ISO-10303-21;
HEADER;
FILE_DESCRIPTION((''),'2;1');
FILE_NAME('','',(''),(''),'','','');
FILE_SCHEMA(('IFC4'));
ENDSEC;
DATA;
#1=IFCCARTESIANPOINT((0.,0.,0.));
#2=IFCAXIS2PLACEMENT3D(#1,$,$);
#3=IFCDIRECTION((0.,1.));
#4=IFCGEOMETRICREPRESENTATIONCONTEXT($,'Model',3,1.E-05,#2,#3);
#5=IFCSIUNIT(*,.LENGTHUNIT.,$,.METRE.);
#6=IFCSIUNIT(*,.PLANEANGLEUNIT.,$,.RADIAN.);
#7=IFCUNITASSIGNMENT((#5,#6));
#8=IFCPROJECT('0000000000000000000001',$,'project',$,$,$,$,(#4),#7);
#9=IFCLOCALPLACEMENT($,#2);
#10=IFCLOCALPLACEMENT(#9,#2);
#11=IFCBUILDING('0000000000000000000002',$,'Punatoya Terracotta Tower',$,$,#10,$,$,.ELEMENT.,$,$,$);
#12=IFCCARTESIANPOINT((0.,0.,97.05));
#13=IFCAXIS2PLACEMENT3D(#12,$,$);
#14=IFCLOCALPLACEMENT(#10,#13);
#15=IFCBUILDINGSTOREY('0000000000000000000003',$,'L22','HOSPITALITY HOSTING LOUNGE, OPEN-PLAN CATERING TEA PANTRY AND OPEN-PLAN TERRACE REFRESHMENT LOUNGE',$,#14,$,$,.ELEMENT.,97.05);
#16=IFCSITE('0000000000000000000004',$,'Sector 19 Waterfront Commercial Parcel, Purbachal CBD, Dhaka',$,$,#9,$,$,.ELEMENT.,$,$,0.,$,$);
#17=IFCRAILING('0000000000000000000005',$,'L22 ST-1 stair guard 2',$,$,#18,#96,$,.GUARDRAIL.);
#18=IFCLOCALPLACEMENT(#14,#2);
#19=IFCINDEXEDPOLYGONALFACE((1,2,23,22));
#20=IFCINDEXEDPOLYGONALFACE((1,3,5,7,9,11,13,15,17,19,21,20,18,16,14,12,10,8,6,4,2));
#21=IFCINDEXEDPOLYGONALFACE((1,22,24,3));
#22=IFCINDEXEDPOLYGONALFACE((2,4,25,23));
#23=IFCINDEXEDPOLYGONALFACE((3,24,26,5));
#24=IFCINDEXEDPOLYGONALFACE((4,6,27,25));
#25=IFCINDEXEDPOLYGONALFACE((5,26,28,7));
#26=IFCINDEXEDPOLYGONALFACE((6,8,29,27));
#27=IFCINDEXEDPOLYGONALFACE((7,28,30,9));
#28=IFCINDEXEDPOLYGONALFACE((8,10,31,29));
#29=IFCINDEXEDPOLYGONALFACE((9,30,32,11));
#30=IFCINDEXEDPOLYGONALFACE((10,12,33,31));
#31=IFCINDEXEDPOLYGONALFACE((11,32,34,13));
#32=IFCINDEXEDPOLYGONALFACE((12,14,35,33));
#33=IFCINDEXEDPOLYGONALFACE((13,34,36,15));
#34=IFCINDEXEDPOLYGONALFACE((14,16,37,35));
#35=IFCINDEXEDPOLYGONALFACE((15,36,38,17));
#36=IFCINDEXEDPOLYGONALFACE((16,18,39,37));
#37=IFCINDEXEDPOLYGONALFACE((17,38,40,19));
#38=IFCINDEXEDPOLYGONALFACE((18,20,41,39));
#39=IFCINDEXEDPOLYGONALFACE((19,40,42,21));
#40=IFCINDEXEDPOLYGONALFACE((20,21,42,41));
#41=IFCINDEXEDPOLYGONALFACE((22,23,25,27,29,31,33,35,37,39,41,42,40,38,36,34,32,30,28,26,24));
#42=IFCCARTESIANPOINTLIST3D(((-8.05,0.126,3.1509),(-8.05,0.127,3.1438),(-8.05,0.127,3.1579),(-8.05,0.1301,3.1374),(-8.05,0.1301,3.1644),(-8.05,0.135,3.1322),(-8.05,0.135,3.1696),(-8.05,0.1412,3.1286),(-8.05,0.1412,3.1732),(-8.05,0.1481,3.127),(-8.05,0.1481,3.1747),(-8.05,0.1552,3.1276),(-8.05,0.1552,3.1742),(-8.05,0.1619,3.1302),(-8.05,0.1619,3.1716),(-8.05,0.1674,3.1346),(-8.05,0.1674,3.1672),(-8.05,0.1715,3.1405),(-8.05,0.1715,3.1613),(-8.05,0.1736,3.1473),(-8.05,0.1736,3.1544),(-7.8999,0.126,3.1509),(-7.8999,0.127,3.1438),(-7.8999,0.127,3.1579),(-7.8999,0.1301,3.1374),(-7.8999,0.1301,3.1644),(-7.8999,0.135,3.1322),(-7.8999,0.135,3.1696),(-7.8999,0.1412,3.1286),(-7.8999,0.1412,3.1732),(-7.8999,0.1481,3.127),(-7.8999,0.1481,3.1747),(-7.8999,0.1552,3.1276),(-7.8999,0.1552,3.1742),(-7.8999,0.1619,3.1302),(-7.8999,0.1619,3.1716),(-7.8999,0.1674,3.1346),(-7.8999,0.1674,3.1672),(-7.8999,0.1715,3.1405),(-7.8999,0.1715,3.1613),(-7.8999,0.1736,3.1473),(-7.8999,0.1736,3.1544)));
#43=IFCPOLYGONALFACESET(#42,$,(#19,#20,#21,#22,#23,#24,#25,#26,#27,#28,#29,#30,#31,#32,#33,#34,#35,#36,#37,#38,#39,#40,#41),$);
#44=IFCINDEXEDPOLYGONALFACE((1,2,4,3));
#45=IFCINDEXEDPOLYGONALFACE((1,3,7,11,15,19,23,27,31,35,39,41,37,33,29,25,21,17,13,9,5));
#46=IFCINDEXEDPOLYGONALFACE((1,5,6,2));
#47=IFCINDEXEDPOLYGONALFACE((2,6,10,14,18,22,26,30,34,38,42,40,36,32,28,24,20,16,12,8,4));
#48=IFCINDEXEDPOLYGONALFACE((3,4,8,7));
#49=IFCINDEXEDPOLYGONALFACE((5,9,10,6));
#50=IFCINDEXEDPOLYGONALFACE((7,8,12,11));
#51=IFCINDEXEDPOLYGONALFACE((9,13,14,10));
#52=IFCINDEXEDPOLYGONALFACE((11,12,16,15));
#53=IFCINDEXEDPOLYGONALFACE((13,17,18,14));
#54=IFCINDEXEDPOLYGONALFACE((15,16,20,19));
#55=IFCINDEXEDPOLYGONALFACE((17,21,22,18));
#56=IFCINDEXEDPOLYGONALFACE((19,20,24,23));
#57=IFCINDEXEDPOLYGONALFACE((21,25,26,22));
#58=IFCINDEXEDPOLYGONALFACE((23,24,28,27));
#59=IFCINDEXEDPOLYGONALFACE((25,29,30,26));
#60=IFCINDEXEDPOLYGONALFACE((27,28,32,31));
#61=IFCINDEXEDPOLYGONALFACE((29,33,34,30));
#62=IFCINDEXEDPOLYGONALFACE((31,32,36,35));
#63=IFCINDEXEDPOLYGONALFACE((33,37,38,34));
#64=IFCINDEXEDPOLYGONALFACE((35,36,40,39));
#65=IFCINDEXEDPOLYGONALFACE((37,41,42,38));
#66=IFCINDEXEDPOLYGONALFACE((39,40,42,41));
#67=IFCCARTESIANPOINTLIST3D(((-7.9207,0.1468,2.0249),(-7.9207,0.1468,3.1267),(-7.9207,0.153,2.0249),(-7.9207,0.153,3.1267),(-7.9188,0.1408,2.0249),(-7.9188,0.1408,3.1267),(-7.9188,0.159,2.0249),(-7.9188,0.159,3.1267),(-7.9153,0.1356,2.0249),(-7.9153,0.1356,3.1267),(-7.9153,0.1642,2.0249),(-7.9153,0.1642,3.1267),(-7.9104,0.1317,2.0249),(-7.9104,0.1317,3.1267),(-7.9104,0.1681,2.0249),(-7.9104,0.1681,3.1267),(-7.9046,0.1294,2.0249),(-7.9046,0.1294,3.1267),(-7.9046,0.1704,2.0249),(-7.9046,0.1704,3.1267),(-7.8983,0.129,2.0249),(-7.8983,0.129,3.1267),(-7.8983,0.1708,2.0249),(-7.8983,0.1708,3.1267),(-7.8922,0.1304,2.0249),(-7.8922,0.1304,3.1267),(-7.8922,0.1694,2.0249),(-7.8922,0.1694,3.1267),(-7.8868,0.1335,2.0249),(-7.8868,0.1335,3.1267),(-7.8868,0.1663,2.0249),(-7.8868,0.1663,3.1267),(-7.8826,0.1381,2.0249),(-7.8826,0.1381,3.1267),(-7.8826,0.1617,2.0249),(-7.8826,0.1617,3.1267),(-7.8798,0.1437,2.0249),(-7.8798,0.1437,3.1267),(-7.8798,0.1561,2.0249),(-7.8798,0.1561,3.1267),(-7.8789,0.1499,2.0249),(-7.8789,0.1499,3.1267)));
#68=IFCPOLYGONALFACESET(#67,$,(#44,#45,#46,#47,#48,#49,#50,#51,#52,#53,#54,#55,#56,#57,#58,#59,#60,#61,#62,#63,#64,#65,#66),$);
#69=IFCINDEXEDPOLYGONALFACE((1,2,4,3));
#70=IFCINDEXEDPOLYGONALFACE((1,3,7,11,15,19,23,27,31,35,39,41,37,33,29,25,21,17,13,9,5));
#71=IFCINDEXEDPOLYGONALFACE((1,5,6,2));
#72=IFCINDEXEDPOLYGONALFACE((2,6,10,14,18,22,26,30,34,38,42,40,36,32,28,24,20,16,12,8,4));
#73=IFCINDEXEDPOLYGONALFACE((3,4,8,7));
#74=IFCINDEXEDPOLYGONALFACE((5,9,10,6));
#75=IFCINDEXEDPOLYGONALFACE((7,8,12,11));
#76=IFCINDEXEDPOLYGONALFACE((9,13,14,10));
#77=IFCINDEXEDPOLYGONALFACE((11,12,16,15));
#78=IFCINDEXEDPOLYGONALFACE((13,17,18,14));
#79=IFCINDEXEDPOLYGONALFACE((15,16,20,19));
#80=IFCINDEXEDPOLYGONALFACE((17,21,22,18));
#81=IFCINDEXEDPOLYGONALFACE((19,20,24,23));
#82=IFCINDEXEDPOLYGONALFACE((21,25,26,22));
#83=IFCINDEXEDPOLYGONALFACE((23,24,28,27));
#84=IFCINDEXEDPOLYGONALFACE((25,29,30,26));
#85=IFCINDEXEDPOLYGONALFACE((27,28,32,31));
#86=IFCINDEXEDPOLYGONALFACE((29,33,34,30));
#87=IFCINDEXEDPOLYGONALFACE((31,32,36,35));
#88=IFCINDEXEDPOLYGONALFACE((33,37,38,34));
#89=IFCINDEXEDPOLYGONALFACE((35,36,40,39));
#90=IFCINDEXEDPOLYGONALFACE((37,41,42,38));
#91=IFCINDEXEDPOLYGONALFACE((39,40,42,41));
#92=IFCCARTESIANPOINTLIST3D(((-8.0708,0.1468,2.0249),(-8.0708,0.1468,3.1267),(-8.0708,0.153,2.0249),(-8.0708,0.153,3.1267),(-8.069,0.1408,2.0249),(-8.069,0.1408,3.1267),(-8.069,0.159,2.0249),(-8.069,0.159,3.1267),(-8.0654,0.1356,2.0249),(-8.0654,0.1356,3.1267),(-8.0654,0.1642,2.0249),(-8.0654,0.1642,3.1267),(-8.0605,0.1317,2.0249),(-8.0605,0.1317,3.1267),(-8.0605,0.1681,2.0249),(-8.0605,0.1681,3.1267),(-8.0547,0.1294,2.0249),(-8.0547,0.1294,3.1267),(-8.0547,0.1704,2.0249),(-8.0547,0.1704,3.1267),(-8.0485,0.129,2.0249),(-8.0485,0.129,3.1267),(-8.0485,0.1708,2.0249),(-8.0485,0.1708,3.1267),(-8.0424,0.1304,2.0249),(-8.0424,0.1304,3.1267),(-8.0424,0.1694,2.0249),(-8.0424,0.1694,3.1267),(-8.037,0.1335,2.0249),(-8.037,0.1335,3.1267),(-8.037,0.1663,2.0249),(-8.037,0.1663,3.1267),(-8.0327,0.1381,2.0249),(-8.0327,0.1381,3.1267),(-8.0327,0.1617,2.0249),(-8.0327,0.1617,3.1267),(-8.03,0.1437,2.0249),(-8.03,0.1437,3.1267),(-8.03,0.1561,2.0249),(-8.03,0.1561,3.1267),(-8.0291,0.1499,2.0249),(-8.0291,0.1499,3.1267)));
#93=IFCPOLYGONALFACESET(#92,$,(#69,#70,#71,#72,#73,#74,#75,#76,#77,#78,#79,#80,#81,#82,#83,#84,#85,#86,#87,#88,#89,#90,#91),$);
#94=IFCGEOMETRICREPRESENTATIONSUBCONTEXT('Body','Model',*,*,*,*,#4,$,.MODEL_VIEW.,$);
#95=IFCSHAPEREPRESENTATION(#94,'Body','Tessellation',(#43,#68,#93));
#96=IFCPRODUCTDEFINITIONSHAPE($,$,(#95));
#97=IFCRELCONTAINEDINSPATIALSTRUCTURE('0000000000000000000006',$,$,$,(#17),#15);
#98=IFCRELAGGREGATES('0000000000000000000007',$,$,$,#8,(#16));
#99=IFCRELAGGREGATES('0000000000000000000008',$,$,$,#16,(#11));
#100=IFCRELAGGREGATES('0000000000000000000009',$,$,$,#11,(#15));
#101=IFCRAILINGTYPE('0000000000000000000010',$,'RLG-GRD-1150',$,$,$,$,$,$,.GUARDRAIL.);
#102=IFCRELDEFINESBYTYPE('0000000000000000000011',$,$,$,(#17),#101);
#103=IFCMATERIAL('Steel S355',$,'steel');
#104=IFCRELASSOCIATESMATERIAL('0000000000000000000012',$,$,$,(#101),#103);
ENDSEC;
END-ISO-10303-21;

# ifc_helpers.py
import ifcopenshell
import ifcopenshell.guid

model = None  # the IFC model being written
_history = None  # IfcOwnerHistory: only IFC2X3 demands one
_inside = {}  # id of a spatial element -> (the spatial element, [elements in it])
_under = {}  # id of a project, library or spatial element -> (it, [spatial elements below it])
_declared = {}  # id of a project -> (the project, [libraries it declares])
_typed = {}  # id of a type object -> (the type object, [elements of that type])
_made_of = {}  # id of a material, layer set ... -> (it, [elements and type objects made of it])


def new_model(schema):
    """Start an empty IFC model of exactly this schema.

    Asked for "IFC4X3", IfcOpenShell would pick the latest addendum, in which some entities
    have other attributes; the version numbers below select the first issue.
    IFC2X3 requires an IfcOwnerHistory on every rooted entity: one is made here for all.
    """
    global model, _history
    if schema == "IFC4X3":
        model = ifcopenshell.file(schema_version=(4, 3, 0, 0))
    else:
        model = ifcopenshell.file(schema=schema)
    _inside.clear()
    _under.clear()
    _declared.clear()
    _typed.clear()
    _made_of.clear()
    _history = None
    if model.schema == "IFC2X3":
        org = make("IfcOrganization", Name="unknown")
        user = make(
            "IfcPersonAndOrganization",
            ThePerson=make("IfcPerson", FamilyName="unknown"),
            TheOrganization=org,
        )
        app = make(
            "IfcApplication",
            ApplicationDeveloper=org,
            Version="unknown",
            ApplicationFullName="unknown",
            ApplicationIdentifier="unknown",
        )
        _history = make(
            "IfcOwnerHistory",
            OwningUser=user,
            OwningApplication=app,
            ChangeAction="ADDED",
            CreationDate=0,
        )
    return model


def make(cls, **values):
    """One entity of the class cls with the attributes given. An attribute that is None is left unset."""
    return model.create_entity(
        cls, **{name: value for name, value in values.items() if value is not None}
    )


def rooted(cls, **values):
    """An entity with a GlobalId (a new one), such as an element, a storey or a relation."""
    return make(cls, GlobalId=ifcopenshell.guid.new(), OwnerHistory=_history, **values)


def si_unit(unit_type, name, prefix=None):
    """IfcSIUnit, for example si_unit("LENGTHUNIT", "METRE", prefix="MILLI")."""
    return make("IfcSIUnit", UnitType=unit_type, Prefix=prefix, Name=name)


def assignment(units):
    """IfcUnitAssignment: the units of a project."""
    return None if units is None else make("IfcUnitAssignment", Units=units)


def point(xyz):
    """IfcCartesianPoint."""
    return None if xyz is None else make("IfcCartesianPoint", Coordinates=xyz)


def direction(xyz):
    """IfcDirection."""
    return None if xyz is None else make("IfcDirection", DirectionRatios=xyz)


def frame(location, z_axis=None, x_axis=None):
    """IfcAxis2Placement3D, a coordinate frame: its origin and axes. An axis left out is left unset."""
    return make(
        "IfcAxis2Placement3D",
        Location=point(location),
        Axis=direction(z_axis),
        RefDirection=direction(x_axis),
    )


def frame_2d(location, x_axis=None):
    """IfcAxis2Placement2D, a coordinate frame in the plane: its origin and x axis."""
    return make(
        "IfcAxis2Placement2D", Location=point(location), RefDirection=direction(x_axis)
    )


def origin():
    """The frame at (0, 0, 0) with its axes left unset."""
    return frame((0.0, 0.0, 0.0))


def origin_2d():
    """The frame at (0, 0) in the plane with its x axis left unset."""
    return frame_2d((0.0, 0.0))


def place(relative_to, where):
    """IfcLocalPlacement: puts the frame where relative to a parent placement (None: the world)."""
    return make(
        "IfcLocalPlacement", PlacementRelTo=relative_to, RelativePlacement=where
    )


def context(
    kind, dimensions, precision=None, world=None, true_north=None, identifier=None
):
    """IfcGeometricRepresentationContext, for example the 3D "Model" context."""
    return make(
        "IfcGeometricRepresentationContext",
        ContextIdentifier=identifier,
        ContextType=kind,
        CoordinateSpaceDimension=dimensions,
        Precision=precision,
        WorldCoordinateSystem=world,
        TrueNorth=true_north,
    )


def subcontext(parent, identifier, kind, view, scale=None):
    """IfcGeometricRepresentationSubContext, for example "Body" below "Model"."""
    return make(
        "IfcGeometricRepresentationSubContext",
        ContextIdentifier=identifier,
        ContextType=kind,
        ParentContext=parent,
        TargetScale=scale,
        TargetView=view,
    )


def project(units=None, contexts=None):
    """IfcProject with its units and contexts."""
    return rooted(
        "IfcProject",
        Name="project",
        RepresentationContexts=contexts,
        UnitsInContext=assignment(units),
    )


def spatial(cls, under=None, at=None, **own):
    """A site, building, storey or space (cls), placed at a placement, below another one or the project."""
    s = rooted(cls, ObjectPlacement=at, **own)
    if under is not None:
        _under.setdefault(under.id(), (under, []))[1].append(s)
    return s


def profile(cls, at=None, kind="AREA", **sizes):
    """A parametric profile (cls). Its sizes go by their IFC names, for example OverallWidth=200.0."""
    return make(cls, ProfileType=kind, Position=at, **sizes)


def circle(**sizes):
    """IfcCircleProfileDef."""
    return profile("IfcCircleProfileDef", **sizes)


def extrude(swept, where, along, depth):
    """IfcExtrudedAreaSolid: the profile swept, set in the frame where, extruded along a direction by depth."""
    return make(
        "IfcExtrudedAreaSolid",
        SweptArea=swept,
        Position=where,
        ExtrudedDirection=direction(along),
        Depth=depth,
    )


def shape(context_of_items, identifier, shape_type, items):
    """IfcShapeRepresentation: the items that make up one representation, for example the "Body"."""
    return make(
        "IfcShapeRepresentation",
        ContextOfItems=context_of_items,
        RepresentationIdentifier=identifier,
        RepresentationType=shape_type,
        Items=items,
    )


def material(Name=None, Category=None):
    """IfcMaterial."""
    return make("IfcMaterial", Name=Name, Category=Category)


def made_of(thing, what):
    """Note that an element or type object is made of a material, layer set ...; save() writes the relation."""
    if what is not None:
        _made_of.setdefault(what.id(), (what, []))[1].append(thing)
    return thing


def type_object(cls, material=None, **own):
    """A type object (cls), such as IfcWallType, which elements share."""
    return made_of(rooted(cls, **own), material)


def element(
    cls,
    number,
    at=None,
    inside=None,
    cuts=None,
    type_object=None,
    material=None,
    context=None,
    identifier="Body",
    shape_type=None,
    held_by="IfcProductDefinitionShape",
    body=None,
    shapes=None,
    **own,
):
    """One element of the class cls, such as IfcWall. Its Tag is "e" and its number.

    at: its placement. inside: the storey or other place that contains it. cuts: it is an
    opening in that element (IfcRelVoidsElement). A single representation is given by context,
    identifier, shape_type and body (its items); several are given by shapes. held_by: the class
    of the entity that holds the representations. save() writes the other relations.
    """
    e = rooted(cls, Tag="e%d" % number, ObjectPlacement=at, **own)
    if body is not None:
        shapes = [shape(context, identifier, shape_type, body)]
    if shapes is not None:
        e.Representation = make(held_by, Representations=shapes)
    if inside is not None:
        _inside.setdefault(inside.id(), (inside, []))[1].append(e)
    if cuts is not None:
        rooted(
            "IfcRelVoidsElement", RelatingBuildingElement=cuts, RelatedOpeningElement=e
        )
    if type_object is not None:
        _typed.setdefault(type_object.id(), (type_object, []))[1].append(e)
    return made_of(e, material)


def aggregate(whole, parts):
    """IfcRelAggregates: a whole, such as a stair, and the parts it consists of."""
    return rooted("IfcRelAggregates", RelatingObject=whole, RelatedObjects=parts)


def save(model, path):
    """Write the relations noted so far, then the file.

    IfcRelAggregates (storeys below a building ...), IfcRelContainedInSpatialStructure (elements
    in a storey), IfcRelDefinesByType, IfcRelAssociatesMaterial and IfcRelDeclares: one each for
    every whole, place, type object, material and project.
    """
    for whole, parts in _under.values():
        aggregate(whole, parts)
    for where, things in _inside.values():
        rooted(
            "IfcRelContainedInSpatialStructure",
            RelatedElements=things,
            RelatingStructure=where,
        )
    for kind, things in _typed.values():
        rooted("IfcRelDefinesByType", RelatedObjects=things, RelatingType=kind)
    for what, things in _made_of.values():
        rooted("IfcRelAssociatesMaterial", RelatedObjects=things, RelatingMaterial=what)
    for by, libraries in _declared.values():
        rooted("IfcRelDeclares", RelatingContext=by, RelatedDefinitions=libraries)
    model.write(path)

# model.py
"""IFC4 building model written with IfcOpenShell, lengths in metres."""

from ifc_helpers import new_model, si_unit, direction, frame, origin, origin_2d, place, context, subcontext, project, spatial, circle, extrude, material, type_object, element, save


model = new_model("IFC4")

# Units and contexts
model_context = context("Model", 3, precision=1e-05, world=origin(), true_north=direction((0.0, 1.0)))
body_context = subcontext(model_context, "Body", "Model", "MODEL_VIEW")
ifc_project = project(units=[si_unit("LENGTHUNIT", "METRE"), si_unit("PLANEANGLEUNIT", "RADIAN")], contexts=[model_context])

# Site, building, storey
site_placement = place(None, origin())
site = spatial("IfcSite", under=ifc_project, at=site_placement, Name="Sector 19 Waterfront Commercial Parcel, Purbachal CBD, Dhaka", CompositionType="ELEMENT", RefElevation=0.0)
building_placement = place(site_placement, origin())
building = spatial("IfcBuilding", under=site, at=building_placement, Name="Punatoya Terracotta Tower", CompositionType="ELEMENT")
storey_placement = place(building_placement, frame((0.0, 0.0, 97.05)))
storey = spatial("IfcBuildingStorey", under=building, at=storey_placement, Name="L22", Description="HOSPITALITY HOSTING LOUNGE, OPEN-PLAN CATERING TEA PANTRY AND OPEN-PLAN TERRACE REFRESHMENT LOUNGE", CompositionType="ELEMENT", Elevation=97.05)

# Shared definitions
ifc_material_1 = material(Name="Steel S355", Category="steel")

# Railing
railing_type_1 = type_object("IfcRailingType", Name="RLG-GRD-1150", PredefinedType="GUARDRAIL", material=ifc_material_1)
railing_1_placement = place(storey_placement, frame((-7.8999, 0.1499, 2.0249)))
element("IfcRailing", 1, at=railing_1_placement, inside=storey, type_object=railing_type_1, Name="L22 ST-1 stair guard 2", PredefinedType="GUARDRAIL", context=body_context, shape_type="SweptSolid", body=[
    extrude(circle(Radius=0.0239, at=origin_2d()), frame((0.0, 0.0, 1.126), z_axis=(-1.0, 0.0, 0.0), x_axis=(0.0, -1.0, 0.0)), (0.0, 0.0, 1.0), 0.1501),
    extrude(circle(Radius=0.021, at=origin_2d()), origin(), (0.0, 0.0, 1.0), 1.1018),
    extrude(circle(Radius=0.021, at=origin_2d()), frame((-0.1501, 0.0, 0.0)), (0.0, 0.0, 1.0), 1.1018),
])

save(model, "model.ifc")
